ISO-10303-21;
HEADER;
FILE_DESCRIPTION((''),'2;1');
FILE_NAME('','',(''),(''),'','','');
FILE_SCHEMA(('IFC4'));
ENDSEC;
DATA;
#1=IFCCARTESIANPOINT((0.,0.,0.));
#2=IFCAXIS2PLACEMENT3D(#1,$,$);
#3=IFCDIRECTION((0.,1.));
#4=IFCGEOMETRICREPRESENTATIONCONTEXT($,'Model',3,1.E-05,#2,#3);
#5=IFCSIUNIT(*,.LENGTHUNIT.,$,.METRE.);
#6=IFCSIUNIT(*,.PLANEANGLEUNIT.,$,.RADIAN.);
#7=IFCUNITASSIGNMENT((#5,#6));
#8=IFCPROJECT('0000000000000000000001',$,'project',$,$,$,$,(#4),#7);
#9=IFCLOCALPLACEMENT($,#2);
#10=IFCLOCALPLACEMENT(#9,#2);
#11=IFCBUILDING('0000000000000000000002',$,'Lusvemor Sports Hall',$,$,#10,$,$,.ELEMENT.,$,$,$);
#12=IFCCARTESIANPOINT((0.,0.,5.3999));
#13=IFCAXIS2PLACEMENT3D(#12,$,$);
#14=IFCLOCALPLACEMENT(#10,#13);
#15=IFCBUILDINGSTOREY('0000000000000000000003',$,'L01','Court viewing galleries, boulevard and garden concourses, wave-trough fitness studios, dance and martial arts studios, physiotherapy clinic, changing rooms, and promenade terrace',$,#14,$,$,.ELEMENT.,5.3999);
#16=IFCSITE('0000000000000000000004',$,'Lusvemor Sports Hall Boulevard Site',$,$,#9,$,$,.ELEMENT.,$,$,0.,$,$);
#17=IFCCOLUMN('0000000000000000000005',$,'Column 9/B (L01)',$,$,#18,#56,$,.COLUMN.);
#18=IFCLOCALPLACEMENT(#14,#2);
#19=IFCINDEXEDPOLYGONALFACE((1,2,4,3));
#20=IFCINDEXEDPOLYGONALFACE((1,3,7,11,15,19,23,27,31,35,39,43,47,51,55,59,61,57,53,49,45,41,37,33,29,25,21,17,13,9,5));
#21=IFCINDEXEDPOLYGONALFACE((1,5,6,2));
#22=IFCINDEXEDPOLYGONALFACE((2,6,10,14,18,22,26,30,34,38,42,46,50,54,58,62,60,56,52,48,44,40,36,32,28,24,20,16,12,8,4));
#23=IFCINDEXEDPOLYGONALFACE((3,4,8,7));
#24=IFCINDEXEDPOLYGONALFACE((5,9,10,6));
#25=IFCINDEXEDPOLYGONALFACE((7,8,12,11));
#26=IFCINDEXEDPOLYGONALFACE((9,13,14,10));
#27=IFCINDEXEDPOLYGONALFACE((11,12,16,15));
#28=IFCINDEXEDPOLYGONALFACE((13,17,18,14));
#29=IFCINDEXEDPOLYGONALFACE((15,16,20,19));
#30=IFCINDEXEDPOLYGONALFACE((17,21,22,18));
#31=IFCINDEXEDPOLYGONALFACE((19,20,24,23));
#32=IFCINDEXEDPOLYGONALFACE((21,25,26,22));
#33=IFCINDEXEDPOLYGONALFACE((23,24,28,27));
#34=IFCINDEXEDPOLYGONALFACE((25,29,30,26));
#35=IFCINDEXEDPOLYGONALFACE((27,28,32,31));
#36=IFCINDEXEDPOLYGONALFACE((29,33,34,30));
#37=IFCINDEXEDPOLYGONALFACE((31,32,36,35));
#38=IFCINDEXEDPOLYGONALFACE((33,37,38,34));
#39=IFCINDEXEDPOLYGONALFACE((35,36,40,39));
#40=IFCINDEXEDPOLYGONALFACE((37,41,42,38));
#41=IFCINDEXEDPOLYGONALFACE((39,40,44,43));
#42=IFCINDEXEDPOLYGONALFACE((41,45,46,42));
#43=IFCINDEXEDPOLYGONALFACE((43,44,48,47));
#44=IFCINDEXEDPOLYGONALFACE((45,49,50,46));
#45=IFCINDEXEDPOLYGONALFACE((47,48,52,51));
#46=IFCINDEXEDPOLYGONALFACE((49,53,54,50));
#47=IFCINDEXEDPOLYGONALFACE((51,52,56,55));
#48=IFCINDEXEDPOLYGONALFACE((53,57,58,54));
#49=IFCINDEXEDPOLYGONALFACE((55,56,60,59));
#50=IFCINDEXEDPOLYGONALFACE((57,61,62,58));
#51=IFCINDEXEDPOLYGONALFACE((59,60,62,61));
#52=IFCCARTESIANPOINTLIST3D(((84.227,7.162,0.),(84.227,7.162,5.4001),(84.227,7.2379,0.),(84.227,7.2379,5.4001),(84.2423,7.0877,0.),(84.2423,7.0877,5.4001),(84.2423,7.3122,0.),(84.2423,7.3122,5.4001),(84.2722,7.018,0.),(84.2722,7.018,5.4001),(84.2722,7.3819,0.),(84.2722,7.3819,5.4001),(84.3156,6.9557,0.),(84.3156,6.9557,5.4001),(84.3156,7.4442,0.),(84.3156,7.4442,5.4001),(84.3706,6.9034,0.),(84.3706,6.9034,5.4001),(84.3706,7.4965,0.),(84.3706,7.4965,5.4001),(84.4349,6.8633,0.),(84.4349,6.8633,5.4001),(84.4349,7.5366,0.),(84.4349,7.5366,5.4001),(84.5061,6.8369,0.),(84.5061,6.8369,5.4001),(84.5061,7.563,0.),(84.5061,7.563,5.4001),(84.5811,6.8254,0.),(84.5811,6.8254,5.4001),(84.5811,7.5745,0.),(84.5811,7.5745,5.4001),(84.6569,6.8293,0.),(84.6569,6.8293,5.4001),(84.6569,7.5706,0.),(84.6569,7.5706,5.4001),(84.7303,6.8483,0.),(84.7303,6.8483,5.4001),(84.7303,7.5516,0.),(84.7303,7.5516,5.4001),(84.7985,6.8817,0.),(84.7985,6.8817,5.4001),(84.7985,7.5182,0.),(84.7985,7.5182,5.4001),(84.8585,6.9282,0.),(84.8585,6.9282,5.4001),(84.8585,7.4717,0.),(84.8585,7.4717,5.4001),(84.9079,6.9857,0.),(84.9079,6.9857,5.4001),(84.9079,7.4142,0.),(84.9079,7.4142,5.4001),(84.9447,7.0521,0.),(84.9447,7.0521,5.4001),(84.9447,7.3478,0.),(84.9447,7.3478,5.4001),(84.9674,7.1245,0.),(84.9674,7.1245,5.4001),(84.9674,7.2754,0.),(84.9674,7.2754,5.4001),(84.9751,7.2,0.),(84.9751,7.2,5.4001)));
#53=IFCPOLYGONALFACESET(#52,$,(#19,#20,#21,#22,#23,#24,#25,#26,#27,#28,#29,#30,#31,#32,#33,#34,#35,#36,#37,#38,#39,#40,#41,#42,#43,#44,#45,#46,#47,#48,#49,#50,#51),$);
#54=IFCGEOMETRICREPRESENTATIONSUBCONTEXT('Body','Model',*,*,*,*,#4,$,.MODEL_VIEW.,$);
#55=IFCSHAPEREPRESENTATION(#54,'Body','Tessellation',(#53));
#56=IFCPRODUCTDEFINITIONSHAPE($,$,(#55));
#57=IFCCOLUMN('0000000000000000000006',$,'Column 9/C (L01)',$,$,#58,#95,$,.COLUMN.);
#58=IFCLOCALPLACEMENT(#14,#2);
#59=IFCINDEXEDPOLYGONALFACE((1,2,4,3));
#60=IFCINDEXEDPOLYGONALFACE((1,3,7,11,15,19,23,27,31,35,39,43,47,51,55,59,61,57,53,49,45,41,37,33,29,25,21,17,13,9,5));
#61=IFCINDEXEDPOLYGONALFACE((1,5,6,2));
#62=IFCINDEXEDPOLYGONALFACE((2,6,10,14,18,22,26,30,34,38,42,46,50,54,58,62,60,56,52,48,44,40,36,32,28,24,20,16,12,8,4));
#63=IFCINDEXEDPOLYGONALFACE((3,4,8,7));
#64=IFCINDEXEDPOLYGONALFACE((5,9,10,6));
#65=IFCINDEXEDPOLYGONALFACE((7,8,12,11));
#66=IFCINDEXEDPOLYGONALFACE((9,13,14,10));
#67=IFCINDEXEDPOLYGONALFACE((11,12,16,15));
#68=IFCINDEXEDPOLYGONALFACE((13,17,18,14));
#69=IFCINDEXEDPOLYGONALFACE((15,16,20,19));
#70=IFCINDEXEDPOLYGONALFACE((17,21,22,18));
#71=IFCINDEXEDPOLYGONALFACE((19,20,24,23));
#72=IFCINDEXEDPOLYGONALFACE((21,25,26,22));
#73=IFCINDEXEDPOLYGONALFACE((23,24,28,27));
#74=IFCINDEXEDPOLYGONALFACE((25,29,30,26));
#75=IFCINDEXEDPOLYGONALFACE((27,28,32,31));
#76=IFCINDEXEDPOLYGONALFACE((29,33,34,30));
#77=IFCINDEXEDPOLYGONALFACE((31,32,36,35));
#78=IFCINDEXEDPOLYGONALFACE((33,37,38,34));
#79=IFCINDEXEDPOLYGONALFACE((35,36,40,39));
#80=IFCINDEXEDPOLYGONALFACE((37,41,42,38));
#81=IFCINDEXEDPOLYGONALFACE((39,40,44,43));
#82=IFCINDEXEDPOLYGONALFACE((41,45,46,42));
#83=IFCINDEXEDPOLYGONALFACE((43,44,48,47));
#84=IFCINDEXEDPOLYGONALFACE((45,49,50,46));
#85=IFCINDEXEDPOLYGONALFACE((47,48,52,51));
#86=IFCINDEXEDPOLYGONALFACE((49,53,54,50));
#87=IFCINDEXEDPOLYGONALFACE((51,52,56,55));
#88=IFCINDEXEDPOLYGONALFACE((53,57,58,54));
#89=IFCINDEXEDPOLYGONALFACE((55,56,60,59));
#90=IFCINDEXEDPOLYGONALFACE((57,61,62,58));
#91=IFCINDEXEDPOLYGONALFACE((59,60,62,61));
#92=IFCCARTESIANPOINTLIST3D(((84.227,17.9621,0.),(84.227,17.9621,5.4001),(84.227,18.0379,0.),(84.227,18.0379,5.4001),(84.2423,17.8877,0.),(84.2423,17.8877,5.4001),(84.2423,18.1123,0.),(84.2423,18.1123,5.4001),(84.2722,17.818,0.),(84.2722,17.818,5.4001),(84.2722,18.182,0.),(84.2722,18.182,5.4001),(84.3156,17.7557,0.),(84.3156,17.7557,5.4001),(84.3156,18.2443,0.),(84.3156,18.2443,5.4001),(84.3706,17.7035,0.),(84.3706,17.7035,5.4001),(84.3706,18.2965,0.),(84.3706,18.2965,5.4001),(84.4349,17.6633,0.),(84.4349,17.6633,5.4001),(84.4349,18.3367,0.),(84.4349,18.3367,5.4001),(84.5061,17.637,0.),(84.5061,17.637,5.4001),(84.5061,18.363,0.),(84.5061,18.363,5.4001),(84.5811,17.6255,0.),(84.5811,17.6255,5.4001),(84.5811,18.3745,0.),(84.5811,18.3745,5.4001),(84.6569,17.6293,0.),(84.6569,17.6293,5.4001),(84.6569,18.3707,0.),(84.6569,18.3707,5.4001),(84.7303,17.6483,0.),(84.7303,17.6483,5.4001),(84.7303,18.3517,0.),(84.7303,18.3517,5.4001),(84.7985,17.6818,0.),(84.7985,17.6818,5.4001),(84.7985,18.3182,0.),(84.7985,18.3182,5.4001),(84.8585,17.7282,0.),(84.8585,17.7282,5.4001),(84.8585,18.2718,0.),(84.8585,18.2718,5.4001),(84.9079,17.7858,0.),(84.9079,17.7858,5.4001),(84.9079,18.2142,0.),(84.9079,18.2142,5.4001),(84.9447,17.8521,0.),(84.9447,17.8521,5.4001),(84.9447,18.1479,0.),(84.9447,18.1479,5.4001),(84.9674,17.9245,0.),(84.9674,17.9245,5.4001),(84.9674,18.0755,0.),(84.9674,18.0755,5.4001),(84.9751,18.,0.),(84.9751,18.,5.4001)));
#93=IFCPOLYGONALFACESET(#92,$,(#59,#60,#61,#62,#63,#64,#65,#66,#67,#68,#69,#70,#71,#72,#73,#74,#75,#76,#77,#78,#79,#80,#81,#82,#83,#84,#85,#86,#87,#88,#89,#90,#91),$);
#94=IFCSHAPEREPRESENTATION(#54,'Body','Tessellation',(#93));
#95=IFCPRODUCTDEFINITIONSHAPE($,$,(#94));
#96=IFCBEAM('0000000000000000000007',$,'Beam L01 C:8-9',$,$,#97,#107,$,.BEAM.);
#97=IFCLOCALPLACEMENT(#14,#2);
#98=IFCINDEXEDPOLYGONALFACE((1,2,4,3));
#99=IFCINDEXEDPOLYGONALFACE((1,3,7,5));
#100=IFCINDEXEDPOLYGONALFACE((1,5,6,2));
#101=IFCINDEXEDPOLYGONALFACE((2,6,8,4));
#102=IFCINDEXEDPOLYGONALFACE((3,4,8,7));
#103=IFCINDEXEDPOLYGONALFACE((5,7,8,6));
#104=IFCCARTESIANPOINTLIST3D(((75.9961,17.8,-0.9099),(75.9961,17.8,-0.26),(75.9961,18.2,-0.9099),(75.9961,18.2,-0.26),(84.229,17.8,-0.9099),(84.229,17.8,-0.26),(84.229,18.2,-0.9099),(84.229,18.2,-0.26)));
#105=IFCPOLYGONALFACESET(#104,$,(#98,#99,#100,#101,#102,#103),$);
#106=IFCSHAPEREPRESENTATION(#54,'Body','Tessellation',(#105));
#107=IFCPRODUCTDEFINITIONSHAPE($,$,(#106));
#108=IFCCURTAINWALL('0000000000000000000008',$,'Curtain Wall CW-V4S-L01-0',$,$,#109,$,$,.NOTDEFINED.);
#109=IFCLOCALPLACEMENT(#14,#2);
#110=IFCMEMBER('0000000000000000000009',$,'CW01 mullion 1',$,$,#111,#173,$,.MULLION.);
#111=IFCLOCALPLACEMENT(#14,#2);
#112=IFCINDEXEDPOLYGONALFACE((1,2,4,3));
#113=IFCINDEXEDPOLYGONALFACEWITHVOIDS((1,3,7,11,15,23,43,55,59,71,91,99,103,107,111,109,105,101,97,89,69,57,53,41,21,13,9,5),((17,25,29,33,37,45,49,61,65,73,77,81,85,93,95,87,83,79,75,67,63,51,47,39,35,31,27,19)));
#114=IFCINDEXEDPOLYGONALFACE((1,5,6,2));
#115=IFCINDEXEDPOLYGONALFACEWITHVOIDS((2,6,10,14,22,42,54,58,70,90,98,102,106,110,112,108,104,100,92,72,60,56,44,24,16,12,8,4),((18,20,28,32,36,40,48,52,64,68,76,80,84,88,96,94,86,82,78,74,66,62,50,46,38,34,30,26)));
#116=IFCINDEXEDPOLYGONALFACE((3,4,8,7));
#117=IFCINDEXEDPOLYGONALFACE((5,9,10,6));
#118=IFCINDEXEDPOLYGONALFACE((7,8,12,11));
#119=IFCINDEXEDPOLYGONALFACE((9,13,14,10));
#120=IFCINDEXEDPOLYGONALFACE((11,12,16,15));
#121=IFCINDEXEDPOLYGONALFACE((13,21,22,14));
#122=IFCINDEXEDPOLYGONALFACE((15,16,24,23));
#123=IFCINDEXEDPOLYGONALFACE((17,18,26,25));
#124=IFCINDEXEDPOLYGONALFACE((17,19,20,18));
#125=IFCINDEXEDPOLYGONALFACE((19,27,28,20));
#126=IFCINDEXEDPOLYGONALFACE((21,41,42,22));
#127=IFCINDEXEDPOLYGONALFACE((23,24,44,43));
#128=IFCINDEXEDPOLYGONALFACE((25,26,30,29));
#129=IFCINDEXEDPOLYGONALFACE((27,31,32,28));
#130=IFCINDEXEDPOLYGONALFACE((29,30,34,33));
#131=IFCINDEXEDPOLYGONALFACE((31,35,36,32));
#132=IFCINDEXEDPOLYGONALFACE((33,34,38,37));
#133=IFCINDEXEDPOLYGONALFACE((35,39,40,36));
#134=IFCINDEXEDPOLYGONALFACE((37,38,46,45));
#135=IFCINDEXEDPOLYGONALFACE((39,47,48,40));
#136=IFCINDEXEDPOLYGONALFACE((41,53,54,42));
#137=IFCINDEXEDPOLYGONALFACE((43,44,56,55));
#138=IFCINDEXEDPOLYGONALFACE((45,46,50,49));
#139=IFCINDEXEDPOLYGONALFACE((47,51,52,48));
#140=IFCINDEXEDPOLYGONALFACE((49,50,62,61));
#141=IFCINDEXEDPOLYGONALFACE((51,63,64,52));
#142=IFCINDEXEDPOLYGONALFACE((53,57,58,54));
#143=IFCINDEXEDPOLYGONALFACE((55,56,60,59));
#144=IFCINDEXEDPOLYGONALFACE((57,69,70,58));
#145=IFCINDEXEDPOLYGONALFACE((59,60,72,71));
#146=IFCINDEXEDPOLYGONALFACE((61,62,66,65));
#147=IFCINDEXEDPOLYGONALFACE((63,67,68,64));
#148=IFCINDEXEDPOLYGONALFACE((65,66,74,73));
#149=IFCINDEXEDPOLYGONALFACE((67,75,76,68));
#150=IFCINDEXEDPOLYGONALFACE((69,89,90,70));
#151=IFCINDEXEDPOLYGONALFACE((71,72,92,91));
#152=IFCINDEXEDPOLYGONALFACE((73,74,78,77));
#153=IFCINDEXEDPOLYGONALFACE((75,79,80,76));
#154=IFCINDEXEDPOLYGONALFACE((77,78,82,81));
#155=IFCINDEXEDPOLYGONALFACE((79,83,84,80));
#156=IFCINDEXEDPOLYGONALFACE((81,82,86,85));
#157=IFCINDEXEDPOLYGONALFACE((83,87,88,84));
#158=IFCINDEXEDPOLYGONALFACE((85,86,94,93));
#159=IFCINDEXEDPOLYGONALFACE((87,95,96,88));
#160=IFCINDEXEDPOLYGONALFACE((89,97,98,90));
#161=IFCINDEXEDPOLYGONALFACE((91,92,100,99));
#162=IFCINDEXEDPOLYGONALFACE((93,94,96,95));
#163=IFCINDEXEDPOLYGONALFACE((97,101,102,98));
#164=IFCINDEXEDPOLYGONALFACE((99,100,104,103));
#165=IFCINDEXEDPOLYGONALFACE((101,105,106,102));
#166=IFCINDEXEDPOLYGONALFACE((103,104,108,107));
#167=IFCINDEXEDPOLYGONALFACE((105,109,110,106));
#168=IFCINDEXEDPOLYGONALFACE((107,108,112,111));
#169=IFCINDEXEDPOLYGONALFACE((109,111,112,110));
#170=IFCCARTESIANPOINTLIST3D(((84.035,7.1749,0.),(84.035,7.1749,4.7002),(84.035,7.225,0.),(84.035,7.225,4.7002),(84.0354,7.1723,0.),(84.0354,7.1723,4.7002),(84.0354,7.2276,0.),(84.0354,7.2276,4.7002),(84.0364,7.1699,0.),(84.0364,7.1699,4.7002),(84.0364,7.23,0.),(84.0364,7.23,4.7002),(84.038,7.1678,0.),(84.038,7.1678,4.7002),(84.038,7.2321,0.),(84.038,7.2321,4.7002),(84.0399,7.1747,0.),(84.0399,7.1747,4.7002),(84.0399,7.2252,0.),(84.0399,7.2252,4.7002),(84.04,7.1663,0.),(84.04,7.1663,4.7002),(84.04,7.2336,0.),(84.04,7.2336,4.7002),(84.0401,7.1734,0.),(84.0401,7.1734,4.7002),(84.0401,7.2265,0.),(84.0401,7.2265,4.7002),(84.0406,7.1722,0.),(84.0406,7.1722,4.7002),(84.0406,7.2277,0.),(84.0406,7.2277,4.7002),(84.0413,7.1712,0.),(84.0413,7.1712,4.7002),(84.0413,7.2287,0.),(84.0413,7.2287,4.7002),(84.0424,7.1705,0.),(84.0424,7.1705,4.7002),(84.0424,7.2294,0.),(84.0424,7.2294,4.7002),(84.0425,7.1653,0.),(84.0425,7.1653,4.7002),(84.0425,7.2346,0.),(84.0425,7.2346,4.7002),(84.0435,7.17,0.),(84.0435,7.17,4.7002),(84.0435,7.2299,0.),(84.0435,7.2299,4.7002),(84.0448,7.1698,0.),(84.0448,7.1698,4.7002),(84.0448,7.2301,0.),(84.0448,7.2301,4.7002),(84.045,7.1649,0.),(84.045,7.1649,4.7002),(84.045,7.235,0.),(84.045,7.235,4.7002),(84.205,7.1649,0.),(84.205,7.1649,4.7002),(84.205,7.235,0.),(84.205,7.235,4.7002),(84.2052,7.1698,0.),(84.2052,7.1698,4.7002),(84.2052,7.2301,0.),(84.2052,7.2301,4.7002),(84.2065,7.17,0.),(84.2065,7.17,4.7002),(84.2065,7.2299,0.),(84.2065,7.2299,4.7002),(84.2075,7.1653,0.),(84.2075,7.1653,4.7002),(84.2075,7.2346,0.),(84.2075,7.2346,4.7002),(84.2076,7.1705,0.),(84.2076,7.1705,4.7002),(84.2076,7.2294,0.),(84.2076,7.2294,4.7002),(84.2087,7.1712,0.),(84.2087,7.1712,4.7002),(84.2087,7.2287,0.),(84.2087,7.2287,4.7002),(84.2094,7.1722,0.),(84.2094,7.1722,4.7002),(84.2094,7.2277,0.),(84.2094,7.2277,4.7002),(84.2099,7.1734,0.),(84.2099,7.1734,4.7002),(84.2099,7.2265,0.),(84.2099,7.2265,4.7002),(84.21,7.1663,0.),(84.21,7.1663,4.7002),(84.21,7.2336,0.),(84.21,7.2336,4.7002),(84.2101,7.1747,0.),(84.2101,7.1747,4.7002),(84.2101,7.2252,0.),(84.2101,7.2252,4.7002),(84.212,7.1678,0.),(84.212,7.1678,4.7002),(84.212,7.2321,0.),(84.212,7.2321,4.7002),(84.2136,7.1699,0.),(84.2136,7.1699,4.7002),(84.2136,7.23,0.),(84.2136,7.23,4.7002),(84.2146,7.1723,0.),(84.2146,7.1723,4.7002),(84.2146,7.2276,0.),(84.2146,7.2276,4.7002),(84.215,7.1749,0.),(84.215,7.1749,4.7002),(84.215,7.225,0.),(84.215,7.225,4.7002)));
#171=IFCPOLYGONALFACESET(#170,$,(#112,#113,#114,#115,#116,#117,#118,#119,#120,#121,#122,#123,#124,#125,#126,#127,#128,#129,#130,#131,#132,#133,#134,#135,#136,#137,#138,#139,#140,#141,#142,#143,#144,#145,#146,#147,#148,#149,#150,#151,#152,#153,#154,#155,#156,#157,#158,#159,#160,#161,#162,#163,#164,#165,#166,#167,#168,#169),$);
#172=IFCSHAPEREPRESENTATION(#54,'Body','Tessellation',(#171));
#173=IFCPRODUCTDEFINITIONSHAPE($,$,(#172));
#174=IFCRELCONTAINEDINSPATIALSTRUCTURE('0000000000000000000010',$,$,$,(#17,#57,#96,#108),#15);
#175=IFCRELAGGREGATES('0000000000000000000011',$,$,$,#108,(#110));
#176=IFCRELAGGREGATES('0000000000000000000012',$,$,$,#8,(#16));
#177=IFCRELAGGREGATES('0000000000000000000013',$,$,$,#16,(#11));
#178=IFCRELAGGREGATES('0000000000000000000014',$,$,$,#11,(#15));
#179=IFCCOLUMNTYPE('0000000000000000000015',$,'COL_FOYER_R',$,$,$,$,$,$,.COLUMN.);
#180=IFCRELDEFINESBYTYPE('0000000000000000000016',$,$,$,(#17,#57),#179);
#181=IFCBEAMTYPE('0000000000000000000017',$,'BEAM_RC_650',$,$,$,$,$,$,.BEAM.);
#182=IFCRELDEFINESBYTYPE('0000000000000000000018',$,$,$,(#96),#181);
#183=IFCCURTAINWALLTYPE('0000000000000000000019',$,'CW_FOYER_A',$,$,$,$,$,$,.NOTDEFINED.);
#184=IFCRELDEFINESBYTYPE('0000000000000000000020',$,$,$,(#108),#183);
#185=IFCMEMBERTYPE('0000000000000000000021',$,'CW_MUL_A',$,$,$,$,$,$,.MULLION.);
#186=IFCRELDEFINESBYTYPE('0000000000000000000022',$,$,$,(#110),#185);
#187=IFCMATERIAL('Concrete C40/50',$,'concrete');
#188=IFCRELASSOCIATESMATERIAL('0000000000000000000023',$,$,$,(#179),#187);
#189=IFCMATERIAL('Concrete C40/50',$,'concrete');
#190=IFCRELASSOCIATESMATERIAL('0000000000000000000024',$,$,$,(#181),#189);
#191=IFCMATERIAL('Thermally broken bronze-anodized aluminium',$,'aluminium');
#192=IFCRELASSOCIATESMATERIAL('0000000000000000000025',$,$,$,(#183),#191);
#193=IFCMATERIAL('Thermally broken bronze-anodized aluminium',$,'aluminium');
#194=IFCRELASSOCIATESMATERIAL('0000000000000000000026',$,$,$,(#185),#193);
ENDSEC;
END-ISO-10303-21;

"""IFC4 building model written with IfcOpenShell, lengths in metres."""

from ifc_helpers import new_model, si_unit, direction, frame, origin, origin_2d, place, context, subcontext, project, spatial, rectangle, hollow_rectangle, circle, extrude, material, material_profile, profile_set, type_object, element, aggregate, save


model = new_model("IFC4")

# Units and contexts
model_context = context("Model", 3, precision=1e-05, world=origin(), true_north=direction((0.0, 1.0)))
body_context = subcontext(model_context, "Body", "Model", "MODEL_VIEW")
ifc_project = project(units=[si_unit("LENGTHUNIT", "METRE"), si_unit("PLANEANGLEUNIT", "RADIAN")], contexts=[model_context])

# Site, building, storey
site_placement = place(None, origin())
site = spatial("IfcSite", under=ifc_project, at=site_placement, Name="Lusvemor Sports Hall Boulevard Site", CompositionType="ELEMENT", RefElevation=0.0)
building_placement = place(site_placement, origin())
building = spatial("IfcBuilding", under=site, at=building_placement, Name="Lusvemor Sports Hall", CompositionType="ELEMENT")
storey_placement = place(building_placement, frame((0.0, 0.0, 5.3999)))
storey = spatial("IfcBuildingStorey", under=building, at=storey_placement, Name="L01", Description="Court viewing galleries, boulevard and garden concourses, wave-trough fitness studios, dance and martial arts studios, physiotherapy clinic, changing rooms, and promenade terrace", CompositionType="ELEMENT", Elevation=5.3999)

# Columns
ifc_material_1 = material(Name="Concrete C40/50", Category="concrete")
ifc_material_profile_1 = material_profile(ifc_material_1, circle(Radius=0.375, at=origin_2d()), Name="RCCIRC750")
ifc_profile_set_1 = profile_set([ifc_material_profile_1], Name="Concrete C40/50")
column_type = type_object("IfcColumnType", Name="COL_FOYER_R", PredefinedType="COLUMN", material=ifc_profile_set_1)
for number, where, z_axis, x_axis, name in (
    (1, (84.6001, 7.2, 0.0), (0.0, 0.0, 1.0), (1.0, 0.0, 0.0), "Column 9/B (L01)"),
    (2, (84.6001, 18.0, 0.0), (0.0, 0.0, 1.0), (1.0, 0.0, 0.0), "Column 9/C (L01)"),
):
    element("IfcColumn", number, at=place(storey_placement, frame(where, z_axis=z_axis, x_axis=x_axis)), inside=storey, type_object=column_type, Name=name, PredefinedType="COLUMN", context=body_context, shape_type="SweptSolid", body=[
        extrude(circle(Radius=0.375, at=origin_2d()), origin(), (0.0, 0.0, 1.0), 5.4001),
    ])

# Beam
ifc_material_2 = material(Name="Concrete C40/50", Category="concrete")
ifc_material_profile_2 = material_profile(ifc_material_2, rectangle(XDim=0.3999, YDim=0.6499, at=origin_2d()), Name="RC400x650")
ifc_profile_set_2 = profile_set([ifc_material_profile_2], Name="Concrete C40/50")
beam_type_1 = type_object("IfcBeamType", Name="BEAM_RC_650", PredefinedType="BEAM", material=ifc_profile_set_2)
beam_1_placement = place(storey_placement, frame((75.9961, 18.0, -0.585), z_axis=(1.0, 0.0, 0.0), x_axis=(0.0, 1.0, 0.0)))
element("IfcBeam", 3, at=beam_1_placement, inside=storey, type_object=beam_type_1, Name="Beam L01 C:8-9", PredefinedType="BEAM", context=body_context, shape_type="SweptSolid", body=[
    extrude(rectangle(XDim=0.3999, YDim=0.6499, at=origin_2d()), origin(), (0.0, 0.0, 1.0), 8.2329),
])

# Curtain wall, member
ifc_material_3 = material(Name="Thermally broken bronze-anodized aluminium", Category="aluminium")
curtain_wall_type = type_object("IfcCurtainWallType", Name="CW_FOYER_A", PredefinedType="NOTDEFINED", material=ifc_material_3)
curtain_wall_1_placement = place(storey_placement, origin())
curtain_wall_1 = element("IfcCurtainWall", 4, at=curtain_wall_1_placement, inside=storey, type_object=curtain_wall_type, Name="Curtain Wall CW-V4S-L01-0", PredefinedType="NOTDEFINED")
ifc_material_4 = material(Name="Thermally broken bronze-anodized aluminium", Category="aluminium")
ifc_material_profile_3 = material_profile(ifc_material_4, hollow_rectangle(XDim=0.0701, YDim=0.1799, WallThickness=0.0049, InnerFilletRadius=0.0049, OuterFilletRadius=0.01, at=origin_2d()), Name="CWMUL180x70x5")
ifc_profile_set_3 = profile_set([ifc_material_profile_3], Name="Thermally broken bronze-anodized aluminium")
member_type_1 = type_object("IfcMemberType", Name="CW_MUL_A", PredefinedType="MULLION", material=ifc_profile_set_3)
member_1_placement = place(storey_placement, frame((84.125, 7.2, 0.0), z_axis=(0.0, 0.0, 1.0), x_axis=(0.0, -1.0, 0.0)))
member_1 = element("IfcMember", 5, at=member_1_placement, type_object=member_type_1, Name="CW01 mullion 1", PredefinedType="MULLION", context=body_context, shape_type="SweptSolid", body=[
    extrude(hollow_rectangle(XDim=0.0701, YDim=0.1799, WallThickness=0.0049, InnerFilletRadius=0.0049, OuterFilletRadius=0.01, at=origin_2d()), origin(), (0.0, 0.0, 1.0), 4.7002),
])

aggregate(curtain_wall_1, [member_1])

save(model, "model.ifc")
